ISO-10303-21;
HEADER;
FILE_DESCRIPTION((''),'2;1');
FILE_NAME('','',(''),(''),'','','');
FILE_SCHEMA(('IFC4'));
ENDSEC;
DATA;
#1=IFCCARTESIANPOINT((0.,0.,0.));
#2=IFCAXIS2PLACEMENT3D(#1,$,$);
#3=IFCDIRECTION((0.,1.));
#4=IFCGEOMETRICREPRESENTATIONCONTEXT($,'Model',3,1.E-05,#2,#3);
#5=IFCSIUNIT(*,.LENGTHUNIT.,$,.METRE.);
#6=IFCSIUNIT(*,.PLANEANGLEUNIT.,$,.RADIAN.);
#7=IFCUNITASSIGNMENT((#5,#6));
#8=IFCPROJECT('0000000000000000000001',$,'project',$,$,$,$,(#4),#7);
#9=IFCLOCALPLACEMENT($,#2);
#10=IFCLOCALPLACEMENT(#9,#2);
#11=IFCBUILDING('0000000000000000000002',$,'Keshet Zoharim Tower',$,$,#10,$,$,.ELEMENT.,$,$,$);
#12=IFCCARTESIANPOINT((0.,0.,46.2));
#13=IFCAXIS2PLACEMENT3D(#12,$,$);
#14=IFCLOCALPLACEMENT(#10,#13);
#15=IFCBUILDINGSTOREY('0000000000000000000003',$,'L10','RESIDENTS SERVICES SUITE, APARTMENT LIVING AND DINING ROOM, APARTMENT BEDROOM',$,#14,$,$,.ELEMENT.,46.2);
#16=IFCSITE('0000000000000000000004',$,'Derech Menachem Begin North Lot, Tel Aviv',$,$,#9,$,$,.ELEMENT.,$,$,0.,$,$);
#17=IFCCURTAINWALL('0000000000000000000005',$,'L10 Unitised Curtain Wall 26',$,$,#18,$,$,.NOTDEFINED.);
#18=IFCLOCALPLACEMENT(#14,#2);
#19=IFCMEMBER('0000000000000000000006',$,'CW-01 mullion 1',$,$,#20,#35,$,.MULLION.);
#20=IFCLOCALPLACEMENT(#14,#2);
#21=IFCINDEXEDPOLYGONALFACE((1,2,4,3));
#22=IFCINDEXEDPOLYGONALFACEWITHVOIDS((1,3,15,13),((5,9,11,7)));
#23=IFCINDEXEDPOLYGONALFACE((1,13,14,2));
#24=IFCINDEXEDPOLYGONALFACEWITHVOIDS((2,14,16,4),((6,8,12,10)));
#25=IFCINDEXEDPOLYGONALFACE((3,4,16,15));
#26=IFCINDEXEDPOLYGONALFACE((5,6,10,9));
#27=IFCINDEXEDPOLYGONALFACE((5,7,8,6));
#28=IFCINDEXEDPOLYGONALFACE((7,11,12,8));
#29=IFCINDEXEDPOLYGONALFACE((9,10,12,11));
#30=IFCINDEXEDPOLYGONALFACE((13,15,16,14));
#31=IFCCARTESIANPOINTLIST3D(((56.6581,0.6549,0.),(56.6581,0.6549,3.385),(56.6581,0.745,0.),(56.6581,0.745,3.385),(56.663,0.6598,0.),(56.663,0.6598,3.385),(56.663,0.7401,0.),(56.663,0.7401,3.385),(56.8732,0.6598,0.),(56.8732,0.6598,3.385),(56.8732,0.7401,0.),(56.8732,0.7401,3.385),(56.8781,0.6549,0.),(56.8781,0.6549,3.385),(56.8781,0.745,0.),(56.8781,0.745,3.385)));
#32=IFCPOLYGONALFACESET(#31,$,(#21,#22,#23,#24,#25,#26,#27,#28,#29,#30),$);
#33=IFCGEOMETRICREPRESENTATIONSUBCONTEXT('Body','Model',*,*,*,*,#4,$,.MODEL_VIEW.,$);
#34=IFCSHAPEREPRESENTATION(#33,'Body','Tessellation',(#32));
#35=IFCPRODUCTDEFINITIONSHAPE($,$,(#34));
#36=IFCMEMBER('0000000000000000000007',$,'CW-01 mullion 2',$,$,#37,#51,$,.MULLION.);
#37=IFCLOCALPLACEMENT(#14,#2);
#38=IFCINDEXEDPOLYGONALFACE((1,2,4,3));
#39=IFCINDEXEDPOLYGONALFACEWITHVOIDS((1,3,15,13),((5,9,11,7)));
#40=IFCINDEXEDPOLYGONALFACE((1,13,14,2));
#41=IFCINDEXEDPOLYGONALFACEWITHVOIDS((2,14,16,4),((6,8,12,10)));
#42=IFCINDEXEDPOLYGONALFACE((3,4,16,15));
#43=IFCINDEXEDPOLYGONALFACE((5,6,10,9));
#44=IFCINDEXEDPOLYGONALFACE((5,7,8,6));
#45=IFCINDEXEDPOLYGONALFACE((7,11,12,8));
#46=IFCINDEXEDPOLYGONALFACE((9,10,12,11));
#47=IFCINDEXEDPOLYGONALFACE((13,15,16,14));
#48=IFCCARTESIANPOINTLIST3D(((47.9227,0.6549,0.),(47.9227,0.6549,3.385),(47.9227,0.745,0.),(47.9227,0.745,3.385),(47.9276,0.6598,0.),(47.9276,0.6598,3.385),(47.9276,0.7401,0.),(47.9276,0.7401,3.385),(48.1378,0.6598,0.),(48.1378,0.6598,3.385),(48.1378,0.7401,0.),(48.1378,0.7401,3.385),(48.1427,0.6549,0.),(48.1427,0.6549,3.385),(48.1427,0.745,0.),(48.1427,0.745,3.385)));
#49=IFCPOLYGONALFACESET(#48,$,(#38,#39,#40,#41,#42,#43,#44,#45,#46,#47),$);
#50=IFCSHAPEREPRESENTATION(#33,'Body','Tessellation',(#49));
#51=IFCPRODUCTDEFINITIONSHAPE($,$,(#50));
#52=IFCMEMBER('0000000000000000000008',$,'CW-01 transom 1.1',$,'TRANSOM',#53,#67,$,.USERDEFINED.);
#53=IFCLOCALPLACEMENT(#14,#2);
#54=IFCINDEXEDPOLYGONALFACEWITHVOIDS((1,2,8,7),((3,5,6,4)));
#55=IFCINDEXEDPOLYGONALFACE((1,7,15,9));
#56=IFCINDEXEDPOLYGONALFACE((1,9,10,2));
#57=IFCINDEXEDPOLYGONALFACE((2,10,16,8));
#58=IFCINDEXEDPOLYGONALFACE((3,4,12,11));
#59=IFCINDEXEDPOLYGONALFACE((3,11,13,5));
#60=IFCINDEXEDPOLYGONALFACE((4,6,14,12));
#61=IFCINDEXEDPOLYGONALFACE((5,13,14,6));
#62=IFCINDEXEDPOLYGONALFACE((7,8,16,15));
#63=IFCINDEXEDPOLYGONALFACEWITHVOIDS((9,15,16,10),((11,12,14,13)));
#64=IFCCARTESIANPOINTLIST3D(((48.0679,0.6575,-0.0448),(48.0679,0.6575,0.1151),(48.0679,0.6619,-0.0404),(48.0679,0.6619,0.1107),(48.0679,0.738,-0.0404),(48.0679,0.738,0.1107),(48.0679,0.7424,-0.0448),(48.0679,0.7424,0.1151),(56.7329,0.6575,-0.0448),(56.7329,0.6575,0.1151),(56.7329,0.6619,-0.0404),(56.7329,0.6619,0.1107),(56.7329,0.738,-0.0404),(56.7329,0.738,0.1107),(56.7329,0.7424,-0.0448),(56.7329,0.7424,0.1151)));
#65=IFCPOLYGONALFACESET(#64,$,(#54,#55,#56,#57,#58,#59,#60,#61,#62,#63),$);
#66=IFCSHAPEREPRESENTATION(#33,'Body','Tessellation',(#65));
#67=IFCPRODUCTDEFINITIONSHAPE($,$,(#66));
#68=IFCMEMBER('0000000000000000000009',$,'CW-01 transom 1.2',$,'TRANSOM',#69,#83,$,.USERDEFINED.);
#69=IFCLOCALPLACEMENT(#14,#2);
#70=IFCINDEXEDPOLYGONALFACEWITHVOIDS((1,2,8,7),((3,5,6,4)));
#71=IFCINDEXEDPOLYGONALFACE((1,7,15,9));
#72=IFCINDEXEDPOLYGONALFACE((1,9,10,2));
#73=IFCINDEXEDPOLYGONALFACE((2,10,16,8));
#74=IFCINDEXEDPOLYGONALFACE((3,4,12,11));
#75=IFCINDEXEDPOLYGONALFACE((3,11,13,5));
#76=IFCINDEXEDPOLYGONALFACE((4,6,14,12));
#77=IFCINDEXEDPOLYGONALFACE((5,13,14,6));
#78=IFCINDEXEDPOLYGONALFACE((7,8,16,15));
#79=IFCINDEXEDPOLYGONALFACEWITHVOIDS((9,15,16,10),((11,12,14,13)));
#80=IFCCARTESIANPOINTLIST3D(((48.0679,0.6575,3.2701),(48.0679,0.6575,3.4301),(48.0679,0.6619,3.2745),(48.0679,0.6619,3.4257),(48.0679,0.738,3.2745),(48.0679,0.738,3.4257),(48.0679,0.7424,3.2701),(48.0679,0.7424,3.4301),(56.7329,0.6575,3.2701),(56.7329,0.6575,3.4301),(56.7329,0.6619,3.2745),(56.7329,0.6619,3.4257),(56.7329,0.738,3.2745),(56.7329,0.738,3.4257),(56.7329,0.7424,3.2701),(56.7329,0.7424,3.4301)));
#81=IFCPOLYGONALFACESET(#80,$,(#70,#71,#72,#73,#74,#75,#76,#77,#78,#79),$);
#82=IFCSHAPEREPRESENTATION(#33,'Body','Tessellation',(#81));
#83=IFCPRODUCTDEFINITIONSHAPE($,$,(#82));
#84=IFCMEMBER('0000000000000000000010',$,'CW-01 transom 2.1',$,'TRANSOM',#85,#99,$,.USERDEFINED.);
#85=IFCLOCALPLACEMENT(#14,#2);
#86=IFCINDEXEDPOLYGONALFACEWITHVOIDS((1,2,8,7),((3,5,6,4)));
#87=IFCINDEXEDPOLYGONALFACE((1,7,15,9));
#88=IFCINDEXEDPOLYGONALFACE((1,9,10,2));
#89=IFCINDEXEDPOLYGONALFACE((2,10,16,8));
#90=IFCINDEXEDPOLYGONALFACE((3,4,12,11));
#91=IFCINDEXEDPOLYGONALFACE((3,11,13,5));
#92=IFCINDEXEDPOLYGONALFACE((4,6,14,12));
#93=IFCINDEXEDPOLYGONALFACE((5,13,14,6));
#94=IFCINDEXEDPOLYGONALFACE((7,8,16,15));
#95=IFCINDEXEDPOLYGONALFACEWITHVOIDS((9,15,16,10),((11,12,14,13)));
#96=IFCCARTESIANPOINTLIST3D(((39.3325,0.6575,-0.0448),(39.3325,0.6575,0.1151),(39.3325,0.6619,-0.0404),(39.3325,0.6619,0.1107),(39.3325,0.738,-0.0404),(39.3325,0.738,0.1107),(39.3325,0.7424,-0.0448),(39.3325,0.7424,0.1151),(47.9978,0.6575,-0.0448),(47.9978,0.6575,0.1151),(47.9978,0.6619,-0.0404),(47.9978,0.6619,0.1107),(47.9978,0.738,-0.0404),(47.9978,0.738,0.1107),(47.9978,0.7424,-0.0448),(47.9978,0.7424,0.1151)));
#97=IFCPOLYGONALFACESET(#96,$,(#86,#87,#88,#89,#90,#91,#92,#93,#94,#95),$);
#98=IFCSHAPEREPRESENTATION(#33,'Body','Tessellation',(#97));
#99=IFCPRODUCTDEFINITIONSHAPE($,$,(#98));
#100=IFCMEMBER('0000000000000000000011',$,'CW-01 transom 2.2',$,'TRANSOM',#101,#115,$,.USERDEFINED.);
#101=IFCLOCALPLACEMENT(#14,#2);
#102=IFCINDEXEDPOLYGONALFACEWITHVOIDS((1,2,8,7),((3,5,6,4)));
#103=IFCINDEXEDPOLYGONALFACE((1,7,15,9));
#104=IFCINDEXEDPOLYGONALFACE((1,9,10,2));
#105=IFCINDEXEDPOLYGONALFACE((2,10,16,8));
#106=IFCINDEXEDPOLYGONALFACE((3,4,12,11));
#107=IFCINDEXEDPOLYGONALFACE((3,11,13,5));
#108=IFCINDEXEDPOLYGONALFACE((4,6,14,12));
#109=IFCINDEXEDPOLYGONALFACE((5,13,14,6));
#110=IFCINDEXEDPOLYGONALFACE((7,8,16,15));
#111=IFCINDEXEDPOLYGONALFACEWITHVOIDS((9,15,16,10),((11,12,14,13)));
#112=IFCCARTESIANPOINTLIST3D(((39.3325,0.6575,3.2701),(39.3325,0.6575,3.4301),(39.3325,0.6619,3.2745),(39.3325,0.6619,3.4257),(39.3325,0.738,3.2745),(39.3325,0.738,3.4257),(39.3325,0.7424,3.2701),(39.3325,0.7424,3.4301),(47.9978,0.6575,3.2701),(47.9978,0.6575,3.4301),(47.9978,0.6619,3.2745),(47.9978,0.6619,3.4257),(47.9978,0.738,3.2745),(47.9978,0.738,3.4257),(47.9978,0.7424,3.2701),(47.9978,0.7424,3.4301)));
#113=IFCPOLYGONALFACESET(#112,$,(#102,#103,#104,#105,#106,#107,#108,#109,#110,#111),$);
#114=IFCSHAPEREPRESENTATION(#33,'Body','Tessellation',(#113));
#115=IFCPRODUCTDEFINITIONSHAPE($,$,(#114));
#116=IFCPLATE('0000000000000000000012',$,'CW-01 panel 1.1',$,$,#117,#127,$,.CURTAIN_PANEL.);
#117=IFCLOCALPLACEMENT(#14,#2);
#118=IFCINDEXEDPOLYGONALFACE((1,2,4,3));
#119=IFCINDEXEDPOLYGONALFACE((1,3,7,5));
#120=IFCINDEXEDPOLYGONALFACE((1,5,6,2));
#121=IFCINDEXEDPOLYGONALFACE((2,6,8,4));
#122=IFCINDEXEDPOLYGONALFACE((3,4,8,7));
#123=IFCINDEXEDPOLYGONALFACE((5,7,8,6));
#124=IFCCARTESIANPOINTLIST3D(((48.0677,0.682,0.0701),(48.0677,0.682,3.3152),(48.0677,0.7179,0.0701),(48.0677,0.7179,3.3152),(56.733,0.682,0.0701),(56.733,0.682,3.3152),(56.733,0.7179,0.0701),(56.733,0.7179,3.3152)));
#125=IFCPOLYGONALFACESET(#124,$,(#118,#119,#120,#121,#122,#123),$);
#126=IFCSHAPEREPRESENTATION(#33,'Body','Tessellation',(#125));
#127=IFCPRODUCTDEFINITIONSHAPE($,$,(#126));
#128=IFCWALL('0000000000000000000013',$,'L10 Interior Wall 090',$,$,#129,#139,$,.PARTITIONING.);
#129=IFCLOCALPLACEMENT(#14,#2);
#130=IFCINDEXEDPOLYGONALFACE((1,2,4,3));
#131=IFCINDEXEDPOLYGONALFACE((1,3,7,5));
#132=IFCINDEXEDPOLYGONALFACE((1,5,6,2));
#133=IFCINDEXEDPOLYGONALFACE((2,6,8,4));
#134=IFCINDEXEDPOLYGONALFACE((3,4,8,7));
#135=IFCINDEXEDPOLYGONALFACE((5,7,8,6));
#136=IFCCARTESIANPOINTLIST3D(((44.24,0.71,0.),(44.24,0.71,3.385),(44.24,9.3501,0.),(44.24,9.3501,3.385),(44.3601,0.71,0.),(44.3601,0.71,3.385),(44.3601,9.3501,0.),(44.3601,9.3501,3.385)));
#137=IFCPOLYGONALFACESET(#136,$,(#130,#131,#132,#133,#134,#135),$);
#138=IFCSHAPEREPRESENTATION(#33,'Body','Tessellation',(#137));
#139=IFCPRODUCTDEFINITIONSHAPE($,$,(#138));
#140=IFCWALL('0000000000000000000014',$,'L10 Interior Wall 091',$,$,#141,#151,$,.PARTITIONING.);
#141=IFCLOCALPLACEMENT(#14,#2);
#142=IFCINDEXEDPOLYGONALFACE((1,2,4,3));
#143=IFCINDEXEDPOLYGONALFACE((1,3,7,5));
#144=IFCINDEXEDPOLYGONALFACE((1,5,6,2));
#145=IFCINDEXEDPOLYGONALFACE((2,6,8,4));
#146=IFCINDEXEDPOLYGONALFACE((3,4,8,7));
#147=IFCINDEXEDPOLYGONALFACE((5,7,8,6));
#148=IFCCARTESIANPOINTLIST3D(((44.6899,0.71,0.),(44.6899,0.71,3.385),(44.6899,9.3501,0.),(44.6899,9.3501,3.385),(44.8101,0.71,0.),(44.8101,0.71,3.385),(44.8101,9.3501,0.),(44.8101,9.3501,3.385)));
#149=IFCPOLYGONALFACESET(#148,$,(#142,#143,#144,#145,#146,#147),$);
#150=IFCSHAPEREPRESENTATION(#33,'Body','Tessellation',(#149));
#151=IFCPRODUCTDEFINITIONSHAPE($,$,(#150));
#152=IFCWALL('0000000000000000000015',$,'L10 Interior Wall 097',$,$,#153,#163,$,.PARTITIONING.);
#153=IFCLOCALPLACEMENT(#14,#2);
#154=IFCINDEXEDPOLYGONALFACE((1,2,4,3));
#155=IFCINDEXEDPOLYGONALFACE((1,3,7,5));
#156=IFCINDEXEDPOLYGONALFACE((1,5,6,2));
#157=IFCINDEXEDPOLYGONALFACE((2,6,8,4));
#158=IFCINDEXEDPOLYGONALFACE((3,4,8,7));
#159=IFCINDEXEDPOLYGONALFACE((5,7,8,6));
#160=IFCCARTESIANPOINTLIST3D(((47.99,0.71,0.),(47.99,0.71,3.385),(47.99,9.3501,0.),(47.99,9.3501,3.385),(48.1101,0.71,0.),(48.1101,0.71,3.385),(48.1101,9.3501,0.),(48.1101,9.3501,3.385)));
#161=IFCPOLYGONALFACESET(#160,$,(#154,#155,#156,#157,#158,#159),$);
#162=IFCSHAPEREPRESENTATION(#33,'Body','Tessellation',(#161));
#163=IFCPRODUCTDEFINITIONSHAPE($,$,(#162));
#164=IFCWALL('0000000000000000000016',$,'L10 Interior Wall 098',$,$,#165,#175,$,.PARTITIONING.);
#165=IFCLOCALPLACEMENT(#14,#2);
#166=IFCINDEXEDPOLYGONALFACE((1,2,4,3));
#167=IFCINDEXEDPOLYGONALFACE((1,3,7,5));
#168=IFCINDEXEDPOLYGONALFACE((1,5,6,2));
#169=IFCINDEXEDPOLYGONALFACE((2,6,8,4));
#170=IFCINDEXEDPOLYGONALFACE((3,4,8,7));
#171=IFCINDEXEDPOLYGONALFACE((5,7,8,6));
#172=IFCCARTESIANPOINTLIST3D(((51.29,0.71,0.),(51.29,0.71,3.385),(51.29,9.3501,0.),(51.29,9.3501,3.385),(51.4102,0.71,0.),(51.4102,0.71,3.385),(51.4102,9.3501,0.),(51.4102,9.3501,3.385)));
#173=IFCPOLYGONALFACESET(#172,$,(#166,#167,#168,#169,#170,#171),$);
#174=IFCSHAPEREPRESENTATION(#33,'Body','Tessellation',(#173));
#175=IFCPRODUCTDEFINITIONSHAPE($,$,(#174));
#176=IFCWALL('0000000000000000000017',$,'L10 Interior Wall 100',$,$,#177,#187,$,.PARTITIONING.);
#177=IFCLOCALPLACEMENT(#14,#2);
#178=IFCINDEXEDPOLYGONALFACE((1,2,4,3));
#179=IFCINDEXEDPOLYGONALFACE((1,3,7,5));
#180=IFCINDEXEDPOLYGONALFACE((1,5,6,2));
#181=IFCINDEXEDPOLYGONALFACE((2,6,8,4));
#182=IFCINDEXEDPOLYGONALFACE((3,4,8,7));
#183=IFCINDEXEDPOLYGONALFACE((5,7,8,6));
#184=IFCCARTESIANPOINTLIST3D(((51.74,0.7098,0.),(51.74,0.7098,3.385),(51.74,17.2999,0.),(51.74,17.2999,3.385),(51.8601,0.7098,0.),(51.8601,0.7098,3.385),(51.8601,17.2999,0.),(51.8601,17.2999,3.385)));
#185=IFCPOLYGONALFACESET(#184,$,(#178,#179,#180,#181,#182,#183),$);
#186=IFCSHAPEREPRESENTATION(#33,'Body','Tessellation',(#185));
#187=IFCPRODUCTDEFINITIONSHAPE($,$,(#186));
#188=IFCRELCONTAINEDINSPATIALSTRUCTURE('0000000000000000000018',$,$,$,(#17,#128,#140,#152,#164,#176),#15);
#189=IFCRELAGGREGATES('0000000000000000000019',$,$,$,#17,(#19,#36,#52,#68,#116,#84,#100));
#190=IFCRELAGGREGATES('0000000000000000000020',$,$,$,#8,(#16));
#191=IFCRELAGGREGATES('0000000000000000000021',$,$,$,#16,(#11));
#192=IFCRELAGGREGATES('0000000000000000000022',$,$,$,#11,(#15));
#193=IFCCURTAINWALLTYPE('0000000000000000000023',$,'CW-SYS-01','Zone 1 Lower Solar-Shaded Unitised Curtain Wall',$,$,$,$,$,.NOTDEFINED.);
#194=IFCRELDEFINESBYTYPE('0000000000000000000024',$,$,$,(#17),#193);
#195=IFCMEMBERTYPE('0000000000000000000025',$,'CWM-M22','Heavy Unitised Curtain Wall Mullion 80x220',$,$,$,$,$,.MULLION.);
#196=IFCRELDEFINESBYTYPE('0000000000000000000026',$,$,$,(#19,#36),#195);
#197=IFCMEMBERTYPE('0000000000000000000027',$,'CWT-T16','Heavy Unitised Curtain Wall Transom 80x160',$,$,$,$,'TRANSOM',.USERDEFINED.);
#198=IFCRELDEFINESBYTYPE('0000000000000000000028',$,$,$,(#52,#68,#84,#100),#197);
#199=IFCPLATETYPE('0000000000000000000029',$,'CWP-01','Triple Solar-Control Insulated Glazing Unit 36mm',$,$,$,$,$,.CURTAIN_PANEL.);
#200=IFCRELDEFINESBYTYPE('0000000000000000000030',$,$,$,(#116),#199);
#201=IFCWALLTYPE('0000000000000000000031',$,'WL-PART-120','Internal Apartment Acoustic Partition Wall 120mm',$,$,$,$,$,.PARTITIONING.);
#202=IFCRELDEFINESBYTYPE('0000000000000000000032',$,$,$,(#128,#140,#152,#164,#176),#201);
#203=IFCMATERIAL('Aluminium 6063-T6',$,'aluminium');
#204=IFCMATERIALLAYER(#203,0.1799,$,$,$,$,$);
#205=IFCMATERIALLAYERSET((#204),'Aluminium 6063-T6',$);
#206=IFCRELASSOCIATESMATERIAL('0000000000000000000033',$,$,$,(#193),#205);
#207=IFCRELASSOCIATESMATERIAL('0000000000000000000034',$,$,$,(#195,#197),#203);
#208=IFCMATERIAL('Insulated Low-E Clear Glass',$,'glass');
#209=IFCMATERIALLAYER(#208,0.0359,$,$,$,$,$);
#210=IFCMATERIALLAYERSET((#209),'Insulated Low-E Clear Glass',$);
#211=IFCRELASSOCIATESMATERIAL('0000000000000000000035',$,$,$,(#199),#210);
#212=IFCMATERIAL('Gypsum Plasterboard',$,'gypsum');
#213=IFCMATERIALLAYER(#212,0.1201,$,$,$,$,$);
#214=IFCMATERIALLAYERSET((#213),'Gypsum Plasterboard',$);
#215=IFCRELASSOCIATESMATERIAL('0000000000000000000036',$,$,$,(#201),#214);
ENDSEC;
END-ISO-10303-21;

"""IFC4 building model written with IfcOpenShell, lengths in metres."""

from ifc_helpers import new_model, si_unit, direction, frame, frame_2d, origin, origin_2d, place, context, subcontext, project, spatial, rectangle, hollow_rectangle, extrude, material, layer, layer_set, material_profile, profile_set, type_object, element, aggregate, save


model = new_model("IFC4")

# Units and contexts
model_context = context("Model", 3, precision=1e-05, world=origin(), true_north=direction((0.0, 1.0)))
body_context = subcontext(model_context, "Body", "Model", "MODEL_VIEW")
ifc_project = project(units=[si_unit("LENGTHUNIT", "METRE"), si_unit("PLANEANGLEUNIT", "RADIAN")], contexts=[model_context])

# Site, building, storey
site_placement = place(None, origin())
site = spatial("IfcSite", under=ifc_project, at=site_placement, Name="Derech Menachem Begin North Lot, Tel Aviv", CompositionType="ELEMENT", RefElevation=0.0)
building_placement = place(site_placement, origin())
building = spatial("IfcBuilding", under=site, at=building_placement, Name="Keshet Zoharim Tower", CompositionType="ELEMENT")
storey_placement = place(building_placement, frame((0.0, 0.0, 46.2)))
storey = spatial("IfcBuildingStorey", under=building, at=storey_placement, Name="L10", Description="RESIDENTS SERVICES SUITE, APARTMENT LIVING AND DINING ROOM, APARTMENT BEDROOM", CompositionType="ELEMENT", Elevation=46.2)

# Curtain wall, members, plate
ifc_material_1 = material(Name="Aluminium 6063-T6", Category="aluminium")
ifc_layer_1 = layer(ifc_material_1, 0.1799)
ifc_layer_set_1 = layer_set([ifc_layer_1], Name="Aluminium 6063-T6")
curtain_wall_type = type_object("IfcCurtainWallType", Name="CW-SYS-01", Description="Zone 1 Lower Solar-Shaded Unitised Curtain Wall", PredefinedType="NOTDEFINED", material=ifc_layer_set_1)
curtain_wall_placement = place(storey_placement, origin())
curtain_wall = element("IfcCurtainWall", 1, at=curtain_wall_placement, inside=storey, type_object=curtain_wall_type, Name="L10 Unitised Curtain Wall 26", PredefinedType="NOTDEFINED")
ifc_material_profile_1 = material_profile(ifc_material_1, hollow_rectangle(XDim=0.0901, YDim=0.22, WallThickness=0.0049, at=origin_2d()), Name="MUL-90x220")
ifc_profile_set_1 = profile_set([ifc_material_profile_1], Name="Aluminium 6063-T6")
member_type_1 = type_object("IfcMemberType", Name="CWM-M22", Description="Heavy Unitised Curtain Wall Mullion 80x220", PredefinedType="MULLION", material=ifc_profile_set_1)
member_1_placement = place(storey_placement, frame((56.7681, 0.7, 0.0), z_axis=(0.0, 0.0, 1.0), x_axis=(0.0, -1.0, 0.0)))
member_1 = element("IfcMember", 2, at=member_1_placement, type_object=member_type_1, Name="CW-01 mullion 1", PredefinedType="MULLION", context=body_context, shape_type="SweptSolid", body=[
    extrude(hollow_rectangle(XDim=0.0901, YDim=0.22, WallThickness=0.0049, at=origin_2d()), origin(), (0.0, 0.0, 1.0), 3.385),
])
member_2_placement = place(storey_placement, frame((48.0327, 0.7, 0.0), z_axis=(0.0, 0.0, 1.0), x_axis=(0.0, -1.0, 0.0)))
member_2 = element("IfcMember", 3, at=member_2_placement, type_object=member_type_1, Name="CW-01 mullion 2", PredefinedType="MULLION", context=body_context, shape_type="SweptSolid", body=[
    extrude(hollow_rectangle(XDim=0.0901, YDim=0.22, WallThickness=0.0049, at=origin_2d()), origin(), (0.0, 0.0, 1.0), 3.385),
])
ifc_material_profile_2 = material_profile(ifc_material_1, hollow_rectangle(XDim=0.085, YDim=0.1599, WallThickness=0.0044, at=origin_2d()), Name="TRN-85x160")
ifc_profile_set_2 = profile_set([ifc_material_profile_2], Name="Aluminium 6063-T6")
member_type_2 = type_object("IfcMemberType", Name="CWT-T16", Description="Heavy Unitised Curtain Wall Transom 80x160", ElementType="TRANSOM", PredefinedType="USERDEFINED", material=ifc_profile_set_2)
member_3_placement = place(storey_placement, frame((56.7329, 0.7, 0.0352), z_axis=(-1.0, 0.0, 0.0), x_axis=(0.0, -1.0, 0.0)))
member_3 = element("IfcMember", 4, at=member_3_placement, type_object=member_type_2, Name="CW-01 transom 1.1", ObjectType="TRANSOM", PredefinedType="USERDEFINED", context=body_context, shape_type="SweptSolid", body=[
    extrude(hollow_rectangle(XDim=0.085, YDim=0.1599, WallThickness=0.0044, at=origin_2d()), origin(), (0.0, 0.0, 1.0), 8.665),
])
member_4_placement = place(storey_placement, frame((56.7329, 0.7, 3.3501), z_axis=(-1.0, 0.0, 0.0), x_axis=(0.0, -1.0, 0.0)))
member_4 = element("IfcMember", 5, at=member_4_placement, type_object=member_type_2, Name="CW-01 transom 1.2", ObjectType="TRANSOM", PredefinedType="USERDEFINED", context=body_context, shape_type="SweptSolid", body=[
    extrude(hollow_rectangle(XDim=0.085, YDim=0.1599, WallThickness=0.0044, at=origin_2d()), origin(), (0.0, 0.0, 1.0), 8.665),
])
member_5_placement = place(storey_placement, frame((47.9978, 0.7, 0.0352), z_axis=(-1.0, 0.0, 0.0), x_axis=(0.0, -1.0, 0.0)))
member_5 = element("IfcMember", 6, at=member_5_placement, type_object=member_type_2, Name="CW-01 transom 2.1", ObjectType="TRANSOM", PredefinedType="USERDEFINED", context=body_context, shape_type="SweptSolid", body=[
    extrude(hollow_rectangle(XDim=0.085, YDim=0.1599, WallThickness=0.0044, at=origin_2d()), origin(), (0.0, 0.0, 1.0), 8.6653),
])
member_6_placement = place(storey_placement, frame((47.9978, 0.7, 3.3501), z_axis=(-1.0, 0.0, 0.0), x_axis=(0.0, -1.0, 0.0)))
member_6 = element("IfcMember", 7, at=member_6_placement, type_object=member_type_2, Name="CW-01 transom 2.2", ObjectType="TRANSOM", PredefinedType="USERDEFINED", context=body_context, shape_type="SweptSolid", body=[
    extrude(hollow_rectangle(XDim=0.085, YDim=0.1599, WallThickness=0.0044, at=origin_2d()), origin(), (0.0, 0.0, 1.0), 8.6653),
])
ifc_material_2 = material(Name="Insulated Low-E Clear Glass", Category="glass")
ifc_layer_2 = layer(ifc_material_2, 0.0359)
ifc_layer_set_2 = layer_set([ifc_layer_2], Name="Insulated Low-E Clear Glass")
plate_type = type_object("IfcPlateType", Name="CWP-01", Description="Triple Solar-Control Insulated Glazing Unit 36mm", PredefinedType="CURTAIN_PANEL", material=ifc_layer_set_2)
plate_placement = place(storey_placement, frame((52.4004, 0.7, 0.0701), z_axis=(0.0, 0.0, 1.0), x_axis=(-1.0, 0.0, 0.0)))
plate = element("IfcPlate", 8, at=plate_placement, type_object=plate_type, Name="CW-01 panel 1.1", PredefinedType="CURTAIN_PANEL", context=body_context, shape_type="SweptSolid", body=[
    extrude(rectangle(XDim=8.6653, YDim=0.0359, at=origin_2d()), origin(), (0.0, 0.0, 1.0), 3.2451),
])
aggregate(curtain_wall, [member_1, member_2, member_3, member_4, plate, member_5, member_6])

# Walls
ifc_material_3 = material(Name="Gypsum Plasterboard", Category="gypsum")
ifc_layer_3 = layer(ifc_material_3, 0.1201)
ifc_layer_set_3 = layer_set([ifc_layer_3], Name="Gypsum Plasterboard")
wall_type = type_object("IfcWallType", Name="WL-PART-120", Description="Internal Apartment Acoustic Partition Wall 120mm", PredefinedType="PARTITIONING", material=ifc_layer_set_3)
for number, where, z_axis, x_axis, name in (
    (9, (44.3, 0.71, 0.0), (0.0, 0.0, 1.0), (0.0, 1.0, 0.0), "L10 Interior Wall 090"),
    (10, (44.75, 0.71, 0.0), (0.0, 0.0, 1.0), (0.0, 1.0, 0.0), "L10 Interior Wall 091"),
    (11, (48.05, 0.71, 0.0), (0.0, 0.0, 1.0), (0.0, 1.0, 0.0), "L10 Interior Wall 097"),
    (12, (51.3501, 0.71, 0.0), (0.0, 0.0, 1.0), (0.0, 1.0, 0.0), "L10 Interior Wall 098"),
):
    element("IfcWall", number, at=place(storey_placement, frame(where, z_axis=z_axis, x_axis=x_axis)), inside=storey, type_object=wall_type, Name=name, PredefinedType="PARTITIONING", context=body_context, shape_type="SweptSolid", body=[
        extrude(rectangle(XDim=8.6401, YDim=0.1201, at=frame_2d((4.3201, 0.0))), origin(), (0.0, 0.0, 1.0), 3.385),
    ])
wall_1_placement = place(storey_placement, frame((51.8, 0.71, 0.0), z_axis=(0.0, 0.0, 1.0), x_axis=(0.0, 1.0, 0.0)))
element("IfcWall", 13, at=wall_1_placement, inside=storey, type_object=wall_type, Name="L10 Interior Wall 100", PredefinedType="PARTITIONING", context=body_context, shape_type="SweptSolid", body=[
    extrude(rectangle(XDim=16.5901, YDim=0.1201, at=frame_2d((8.2949, 0.0))), origin(), (0.0, 0.0, 1.0), 3.385),
])

save(model, "model.ifc")
